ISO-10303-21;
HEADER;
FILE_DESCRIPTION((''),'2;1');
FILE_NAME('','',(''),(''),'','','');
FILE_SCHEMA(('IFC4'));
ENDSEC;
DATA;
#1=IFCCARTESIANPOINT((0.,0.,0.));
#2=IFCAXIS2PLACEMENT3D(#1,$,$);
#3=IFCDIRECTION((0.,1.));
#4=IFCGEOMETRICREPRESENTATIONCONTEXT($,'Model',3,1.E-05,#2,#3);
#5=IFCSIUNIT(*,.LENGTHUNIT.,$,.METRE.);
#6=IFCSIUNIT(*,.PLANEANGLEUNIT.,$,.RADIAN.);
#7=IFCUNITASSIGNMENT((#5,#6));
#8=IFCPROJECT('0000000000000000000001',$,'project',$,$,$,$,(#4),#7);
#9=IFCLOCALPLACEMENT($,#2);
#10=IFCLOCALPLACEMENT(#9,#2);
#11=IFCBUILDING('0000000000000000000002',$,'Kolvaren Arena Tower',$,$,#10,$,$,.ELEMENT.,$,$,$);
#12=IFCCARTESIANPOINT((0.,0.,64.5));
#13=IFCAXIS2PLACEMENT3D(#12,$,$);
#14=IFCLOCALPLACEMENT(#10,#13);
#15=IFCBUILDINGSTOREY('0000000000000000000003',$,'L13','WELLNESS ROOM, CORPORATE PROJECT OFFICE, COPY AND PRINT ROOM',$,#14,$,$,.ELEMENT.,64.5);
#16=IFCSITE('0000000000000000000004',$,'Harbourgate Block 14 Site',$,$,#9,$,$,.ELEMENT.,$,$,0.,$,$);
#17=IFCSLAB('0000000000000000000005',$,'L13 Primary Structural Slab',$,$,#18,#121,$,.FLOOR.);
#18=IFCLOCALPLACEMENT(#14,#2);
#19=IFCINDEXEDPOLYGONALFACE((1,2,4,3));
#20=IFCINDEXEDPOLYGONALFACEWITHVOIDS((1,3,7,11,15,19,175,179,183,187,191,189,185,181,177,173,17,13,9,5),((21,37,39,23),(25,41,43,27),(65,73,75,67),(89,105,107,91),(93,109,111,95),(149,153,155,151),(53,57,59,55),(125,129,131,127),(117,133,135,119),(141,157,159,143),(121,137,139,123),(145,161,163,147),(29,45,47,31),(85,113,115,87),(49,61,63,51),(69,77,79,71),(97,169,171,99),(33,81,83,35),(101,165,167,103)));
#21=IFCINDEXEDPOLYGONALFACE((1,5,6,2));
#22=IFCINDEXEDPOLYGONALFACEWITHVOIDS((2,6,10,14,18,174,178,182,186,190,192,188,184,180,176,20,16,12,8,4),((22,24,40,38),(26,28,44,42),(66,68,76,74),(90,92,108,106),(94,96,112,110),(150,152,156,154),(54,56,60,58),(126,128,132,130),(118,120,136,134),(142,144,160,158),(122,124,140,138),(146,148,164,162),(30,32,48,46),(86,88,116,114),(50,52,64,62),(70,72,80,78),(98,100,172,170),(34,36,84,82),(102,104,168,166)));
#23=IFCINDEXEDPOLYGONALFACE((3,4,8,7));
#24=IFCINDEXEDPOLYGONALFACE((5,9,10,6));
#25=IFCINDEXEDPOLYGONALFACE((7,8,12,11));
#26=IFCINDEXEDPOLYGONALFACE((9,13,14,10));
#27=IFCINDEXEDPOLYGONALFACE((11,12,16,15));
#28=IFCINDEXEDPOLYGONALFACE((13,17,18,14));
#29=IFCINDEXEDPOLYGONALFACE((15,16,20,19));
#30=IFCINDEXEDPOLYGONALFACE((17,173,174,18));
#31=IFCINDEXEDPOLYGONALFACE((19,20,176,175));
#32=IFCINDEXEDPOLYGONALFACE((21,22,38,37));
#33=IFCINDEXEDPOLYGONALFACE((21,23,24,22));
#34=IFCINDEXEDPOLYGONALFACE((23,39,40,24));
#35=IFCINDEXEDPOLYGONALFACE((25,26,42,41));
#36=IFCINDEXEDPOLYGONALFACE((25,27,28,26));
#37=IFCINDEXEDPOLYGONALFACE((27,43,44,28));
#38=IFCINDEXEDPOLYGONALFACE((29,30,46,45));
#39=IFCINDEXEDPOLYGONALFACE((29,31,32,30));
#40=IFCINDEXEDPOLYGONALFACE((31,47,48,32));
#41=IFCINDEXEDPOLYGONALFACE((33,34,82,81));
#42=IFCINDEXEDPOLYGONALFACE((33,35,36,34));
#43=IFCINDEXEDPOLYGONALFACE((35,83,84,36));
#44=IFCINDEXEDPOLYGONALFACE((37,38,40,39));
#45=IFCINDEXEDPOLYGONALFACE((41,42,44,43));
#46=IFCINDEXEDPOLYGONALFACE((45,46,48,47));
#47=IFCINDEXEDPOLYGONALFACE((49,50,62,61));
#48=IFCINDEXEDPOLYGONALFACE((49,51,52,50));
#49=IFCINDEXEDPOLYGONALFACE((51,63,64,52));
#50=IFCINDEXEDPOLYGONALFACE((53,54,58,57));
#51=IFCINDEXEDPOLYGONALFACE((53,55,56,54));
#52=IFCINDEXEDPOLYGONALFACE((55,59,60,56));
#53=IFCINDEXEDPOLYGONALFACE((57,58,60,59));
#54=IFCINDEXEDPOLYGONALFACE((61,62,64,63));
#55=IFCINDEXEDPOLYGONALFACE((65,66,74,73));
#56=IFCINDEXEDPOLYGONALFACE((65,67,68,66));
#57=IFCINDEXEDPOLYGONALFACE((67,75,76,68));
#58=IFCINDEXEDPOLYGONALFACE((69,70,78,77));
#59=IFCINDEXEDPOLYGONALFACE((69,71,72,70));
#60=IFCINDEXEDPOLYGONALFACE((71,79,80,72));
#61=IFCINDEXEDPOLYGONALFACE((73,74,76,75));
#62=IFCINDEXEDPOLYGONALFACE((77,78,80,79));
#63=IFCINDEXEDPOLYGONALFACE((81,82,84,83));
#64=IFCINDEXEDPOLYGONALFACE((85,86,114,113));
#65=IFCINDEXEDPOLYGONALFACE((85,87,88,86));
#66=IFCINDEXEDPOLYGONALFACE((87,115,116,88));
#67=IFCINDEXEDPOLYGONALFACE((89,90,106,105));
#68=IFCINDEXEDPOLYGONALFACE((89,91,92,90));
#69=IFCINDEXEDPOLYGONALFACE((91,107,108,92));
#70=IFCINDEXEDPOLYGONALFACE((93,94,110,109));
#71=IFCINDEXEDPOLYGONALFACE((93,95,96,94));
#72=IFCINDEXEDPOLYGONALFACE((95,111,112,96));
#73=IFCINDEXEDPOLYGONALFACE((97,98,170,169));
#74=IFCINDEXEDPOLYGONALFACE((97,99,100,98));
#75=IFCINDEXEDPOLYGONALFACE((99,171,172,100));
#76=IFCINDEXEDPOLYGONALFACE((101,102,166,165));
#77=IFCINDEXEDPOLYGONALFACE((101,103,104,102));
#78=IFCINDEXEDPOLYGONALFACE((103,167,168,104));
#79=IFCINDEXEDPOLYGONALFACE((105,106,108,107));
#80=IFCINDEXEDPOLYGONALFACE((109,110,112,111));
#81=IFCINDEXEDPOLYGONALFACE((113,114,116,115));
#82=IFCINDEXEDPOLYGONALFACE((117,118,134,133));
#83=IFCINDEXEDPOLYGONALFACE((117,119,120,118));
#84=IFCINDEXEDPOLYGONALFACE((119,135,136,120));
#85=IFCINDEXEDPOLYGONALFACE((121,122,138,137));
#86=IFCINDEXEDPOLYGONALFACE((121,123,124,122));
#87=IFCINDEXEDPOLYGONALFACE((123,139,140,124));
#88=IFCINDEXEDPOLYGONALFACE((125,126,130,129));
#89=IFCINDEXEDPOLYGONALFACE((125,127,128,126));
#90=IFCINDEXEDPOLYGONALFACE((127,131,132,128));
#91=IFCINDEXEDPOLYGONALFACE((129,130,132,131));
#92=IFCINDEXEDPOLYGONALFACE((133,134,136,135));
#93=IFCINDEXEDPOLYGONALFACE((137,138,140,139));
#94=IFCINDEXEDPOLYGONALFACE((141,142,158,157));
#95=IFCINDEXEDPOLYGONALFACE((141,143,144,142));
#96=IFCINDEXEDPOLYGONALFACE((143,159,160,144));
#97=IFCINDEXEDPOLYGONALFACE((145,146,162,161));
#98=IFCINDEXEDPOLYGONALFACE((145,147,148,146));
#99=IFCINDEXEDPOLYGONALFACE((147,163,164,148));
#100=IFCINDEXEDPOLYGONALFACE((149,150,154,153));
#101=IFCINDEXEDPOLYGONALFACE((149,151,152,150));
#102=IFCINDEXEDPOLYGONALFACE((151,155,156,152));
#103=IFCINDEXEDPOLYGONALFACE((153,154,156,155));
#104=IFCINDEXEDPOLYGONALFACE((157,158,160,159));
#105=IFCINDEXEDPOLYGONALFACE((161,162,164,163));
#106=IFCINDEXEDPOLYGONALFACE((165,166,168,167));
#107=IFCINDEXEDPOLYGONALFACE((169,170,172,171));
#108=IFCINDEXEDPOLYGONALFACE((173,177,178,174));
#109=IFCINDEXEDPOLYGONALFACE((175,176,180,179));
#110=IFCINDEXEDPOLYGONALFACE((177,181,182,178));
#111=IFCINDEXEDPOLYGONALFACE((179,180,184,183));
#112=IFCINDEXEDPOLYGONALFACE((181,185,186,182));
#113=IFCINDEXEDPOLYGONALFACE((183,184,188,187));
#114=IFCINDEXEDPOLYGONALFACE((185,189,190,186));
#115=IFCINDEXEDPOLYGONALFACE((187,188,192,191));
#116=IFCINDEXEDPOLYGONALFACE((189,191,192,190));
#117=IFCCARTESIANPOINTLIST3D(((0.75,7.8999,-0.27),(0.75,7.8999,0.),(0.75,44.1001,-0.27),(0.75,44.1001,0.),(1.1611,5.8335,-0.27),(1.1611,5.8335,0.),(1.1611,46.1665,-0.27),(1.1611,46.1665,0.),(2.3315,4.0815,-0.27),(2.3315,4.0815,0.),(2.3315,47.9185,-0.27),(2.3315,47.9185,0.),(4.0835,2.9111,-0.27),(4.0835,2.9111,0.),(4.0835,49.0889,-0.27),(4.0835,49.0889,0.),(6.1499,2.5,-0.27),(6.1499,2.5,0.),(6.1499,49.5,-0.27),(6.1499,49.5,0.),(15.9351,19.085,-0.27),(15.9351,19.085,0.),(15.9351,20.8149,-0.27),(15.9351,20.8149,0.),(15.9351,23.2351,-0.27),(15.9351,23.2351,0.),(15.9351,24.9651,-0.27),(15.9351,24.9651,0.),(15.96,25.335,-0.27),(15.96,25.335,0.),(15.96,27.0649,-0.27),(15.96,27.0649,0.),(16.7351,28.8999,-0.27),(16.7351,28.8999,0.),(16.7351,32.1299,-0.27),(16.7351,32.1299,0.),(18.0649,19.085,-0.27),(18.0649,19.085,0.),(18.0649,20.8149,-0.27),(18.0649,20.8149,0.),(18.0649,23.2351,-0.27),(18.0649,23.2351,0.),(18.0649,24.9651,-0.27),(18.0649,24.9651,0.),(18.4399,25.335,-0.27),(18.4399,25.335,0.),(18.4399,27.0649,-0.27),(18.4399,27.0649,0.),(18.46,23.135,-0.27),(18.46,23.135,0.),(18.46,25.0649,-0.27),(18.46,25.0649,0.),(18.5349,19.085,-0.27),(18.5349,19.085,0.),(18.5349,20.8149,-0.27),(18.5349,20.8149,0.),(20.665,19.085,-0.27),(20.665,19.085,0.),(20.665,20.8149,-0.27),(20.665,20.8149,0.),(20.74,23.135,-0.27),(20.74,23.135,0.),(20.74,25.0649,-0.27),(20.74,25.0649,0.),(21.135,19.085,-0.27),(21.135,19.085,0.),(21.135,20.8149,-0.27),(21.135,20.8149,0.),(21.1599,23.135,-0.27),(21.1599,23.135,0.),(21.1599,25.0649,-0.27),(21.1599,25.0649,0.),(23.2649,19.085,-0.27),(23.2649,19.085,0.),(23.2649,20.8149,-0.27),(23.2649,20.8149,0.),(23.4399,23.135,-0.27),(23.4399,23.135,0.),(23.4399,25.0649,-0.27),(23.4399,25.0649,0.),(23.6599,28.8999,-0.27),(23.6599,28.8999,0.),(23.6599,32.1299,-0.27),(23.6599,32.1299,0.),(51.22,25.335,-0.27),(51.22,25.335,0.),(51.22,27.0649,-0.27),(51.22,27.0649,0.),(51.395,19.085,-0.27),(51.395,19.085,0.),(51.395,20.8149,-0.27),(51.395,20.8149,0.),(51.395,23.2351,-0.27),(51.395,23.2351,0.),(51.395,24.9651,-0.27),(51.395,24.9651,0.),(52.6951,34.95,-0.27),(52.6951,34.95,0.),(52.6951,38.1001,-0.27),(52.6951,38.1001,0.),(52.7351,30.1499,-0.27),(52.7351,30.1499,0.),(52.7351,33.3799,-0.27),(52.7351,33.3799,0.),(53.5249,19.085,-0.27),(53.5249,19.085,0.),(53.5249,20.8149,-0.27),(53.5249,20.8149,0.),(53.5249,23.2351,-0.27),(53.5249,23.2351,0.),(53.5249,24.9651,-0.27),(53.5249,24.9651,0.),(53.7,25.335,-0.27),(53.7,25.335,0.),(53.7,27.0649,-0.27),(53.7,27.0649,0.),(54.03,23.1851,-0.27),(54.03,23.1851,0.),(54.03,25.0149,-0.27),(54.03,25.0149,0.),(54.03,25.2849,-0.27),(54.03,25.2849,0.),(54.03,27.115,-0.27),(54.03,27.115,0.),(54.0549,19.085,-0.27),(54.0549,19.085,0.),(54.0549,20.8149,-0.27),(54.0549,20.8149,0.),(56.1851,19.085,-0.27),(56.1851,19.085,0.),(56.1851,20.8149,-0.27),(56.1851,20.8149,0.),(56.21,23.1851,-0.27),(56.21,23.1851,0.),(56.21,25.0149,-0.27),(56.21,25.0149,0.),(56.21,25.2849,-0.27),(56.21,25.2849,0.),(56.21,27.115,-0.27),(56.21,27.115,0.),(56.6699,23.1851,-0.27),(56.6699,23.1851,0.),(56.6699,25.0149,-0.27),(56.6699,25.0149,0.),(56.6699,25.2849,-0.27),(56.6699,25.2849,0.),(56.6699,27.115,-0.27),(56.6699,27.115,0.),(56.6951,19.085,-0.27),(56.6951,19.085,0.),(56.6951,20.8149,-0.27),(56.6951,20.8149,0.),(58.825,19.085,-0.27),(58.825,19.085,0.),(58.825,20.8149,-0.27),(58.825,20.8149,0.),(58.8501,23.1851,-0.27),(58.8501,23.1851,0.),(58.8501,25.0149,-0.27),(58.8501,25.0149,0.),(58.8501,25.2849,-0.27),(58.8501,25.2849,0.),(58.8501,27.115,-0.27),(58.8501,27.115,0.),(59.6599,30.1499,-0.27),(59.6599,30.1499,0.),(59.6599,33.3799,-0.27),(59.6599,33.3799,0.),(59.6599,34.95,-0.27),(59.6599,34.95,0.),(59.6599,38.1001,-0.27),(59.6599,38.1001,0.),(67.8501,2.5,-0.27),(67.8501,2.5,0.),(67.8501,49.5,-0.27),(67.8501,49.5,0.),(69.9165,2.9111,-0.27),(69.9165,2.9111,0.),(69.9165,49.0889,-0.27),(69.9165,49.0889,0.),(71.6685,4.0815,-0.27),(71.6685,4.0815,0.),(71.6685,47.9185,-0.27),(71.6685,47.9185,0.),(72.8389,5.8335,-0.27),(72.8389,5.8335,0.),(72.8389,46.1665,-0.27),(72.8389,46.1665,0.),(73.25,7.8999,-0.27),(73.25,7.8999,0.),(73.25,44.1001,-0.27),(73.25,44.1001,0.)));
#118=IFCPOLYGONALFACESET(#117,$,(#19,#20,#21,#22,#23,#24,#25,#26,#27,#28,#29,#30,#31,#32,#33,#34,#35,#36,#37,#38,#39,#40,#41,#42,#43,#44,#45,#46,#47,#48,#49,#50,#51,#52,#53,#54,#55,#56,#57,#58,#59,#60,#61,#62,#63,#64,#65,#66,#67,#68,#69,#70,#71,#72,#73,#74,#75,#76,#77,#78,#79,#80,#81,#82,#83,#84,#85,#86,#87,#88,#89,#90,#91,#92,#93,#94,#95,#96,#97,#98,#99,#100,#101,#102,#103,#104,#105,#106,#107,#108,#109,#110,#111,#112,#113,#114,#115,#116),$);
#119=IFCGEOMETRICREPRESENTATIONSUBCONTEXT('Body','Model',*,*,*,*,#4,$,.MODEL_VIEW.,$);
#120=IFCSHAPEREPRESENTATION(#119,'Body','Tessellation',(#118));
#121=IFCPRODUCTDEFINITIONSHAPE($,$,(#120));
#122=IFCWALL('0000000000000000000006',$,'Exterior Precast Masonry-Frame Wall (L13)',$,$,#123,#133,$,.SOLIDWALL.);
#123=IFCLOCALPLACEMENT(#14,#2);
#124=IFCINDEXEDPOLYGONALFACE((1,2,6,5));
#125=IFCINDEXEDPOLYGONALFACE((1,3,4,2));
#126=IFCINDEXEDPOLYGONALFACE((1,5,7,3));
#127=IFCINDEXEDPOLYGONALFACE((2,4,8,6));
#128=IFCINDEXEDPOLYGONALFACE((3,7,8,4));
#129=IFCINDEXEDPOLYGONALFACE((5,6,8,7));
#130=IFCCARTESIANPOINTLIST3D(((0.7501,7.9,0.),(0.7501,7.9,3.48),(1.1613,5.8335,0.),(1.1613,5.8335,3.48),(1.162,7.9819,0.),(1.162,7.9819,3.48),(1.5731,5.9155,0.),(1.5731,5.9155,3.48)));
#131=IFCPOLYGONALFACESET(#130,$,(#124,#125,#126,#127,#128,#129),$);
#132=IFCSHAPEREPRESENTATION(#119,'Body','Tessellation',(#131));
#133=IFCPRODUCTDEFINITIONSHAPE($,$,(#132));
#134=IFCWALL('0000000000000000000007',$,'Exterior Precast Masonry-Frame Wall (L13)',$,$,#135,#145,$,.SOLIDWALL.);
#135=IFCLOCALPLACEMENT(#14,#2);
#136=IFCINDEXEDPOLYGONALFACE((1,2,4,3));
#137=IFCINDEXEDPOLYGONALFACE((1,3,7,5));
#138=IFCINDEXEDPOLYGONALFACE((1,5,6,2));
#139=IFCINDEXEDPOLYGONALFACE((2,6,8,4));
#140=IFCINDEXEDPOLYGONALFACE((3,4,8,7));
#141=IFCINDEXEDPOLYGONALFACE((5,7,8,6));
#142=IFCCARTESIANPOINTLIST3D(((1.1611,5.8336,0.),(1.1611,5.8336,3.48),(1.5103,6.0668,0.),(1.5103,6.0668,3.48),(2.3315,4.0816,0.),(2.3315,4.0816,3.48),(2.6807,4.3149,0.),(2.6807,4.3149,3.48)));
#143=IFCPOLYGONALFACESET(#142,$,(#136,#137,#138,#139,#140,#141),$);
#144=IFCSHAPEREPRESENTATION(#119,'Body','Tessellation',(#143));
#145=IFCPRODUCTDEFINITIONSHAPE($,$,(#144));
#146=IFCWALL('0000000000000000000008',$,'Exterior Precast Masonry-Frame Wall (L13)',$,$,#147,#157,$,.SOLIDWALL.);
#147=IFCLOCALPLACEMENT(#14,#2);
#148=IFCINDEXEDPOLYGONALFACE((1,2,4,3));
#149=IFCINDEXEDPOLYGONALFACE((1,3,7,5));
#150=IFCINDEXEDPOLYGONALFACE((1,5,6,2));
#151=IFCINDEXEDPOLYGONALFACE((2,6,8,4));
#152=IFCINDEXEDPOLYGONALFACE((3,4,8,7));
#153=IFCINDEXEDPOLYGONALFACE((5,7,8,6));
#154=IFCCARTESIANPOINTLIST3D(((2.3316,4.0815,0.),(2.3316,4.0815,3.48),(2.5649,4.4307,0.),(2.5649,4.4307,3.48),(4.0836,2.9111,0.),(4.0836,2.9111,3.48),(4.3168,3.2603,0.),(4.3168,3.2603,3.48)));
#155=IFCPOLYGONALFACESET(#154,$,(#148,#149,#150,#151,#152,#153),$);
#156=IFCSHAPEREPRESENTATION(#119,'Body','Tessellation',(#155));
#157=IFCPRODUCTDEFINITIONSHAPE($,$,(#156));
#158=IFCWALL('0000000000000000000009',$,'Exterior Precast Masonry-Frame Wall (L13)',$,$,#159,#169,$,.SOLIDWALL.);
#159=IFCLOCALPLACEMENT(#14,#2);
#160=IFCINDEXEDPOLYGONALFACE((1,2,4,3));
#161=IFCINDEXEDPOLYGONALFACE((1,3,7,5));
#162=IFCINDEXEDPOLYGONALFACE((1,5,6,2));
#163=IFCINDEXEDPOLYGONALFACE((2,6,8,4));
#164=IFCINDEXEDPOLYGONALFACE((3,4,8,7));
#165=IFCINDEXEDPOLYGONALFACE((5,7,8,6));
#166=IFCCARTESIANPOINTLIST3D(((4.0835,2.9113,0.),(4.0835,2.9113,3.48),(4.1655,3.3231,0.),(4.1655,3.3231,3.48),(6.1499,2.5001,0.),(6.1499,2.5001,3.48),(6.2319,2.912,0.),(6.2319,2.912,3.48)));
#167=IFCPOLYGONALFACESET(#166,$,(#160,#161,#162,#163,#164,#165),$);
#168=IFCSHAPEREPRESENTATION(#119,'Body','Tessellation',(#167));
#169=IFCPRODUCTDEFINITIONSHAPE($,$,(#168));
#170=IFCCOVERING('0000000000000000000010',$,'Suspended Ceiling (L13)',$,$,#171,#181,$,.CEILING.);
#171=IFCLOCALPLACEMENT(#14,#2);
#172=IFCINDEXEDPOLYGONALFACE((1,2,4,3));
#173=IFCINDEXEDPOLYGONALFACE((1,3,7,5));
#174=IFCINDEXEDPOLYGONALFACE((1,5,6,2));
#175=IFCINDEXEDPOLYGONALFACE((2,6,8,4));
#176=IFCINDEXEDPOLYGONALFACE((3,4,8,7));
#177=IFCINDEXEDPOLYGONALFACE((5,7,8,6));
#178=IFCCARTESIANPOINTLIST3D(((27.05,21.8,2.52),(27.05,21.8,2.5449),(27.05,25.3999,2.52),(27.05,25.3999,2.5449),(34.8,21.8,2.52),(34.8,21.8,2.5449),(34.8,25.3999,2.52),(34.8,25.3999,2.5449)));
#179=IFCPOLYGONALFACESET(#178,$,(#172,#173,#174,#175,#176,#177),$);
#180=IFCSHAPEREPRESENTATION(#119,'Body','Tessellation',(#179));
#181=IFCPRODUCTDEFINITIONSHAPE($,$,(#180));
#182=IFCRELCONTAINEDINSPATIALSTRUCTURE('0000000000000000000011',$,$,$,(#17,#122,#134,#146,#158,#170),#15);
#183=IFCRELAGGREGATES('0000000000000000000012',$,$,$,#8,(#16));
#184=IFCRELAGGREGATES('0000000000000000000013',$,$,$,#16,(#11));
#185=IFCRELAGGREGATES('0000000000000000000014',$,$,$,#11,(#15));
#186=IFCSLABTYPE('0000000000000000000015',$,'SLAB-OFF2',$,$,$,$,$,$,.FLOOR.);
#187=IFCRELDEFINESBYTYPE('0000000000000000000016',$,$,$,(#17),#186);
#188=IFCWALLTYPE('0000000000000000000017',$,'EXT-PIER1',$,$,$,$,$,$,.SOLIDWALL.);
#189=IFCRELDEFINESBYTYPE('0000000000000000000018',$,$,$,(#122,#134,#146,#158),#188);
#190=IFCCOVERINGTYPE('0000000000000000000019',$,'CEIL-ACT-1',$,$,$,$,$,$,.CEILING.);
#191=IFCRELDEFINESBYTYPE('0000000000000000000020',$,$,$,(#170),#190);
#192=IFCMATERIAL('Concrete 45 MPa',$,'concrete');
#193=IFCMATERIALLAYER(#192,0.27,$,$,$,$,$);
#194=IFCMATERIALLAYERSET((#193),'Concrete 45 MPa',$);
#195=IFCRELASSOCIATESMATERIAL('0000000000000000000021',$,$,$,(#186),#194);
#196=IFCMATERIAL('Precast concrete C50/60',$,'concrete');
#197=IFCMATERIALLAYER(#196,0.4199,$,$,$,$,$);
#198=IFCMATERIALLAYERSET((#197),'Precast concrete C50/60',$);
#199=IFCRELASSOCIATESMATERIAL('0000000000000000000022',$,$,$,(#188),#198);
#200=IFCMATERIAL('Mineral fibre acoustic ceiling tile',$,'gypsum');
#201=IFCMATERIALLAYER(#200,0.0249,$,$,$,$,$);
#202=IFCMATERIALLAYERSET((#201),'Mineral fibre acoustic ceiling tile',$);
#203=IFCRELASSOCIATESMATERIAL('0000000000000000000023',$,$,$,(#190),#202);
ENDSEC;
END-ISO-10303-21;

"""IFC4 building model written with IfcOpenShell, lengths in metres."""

from ifc_helpers import new_model, si_unit, direction, frame, frame_2d, origin, place, context, subcontext, project, spatial, polyline, rectangle, outline, extrude, material, layer, layer_set, type_object, element, save


model = new_model("IFC4")

# Units and contexts
model_context = context("Model", 3, precision=1e-05, world=origin(), true_north=direction((0.0, 1.0)))
body_context = subcontext(model_context, "Body", "Model", "MODEL_VIEW")
ifc_project = project(units=[si_unit("LENGTHUNIT", "METRE"), si_unit("PLANEANGLEUNIT", "RADIAN")], contexts=[model_context])

# Site, building, storey
site_placement = place(None, origin())
site = spatial("IfcSite", under=ifc_project, at=site_placement, Name="Harbourgate Block 14 Site", CompositionType="ELEMENT", RefElevation=0.0)
building_placement = place(site_placement, origin())
building = spatial("IfcBuilding", under=site, at=building_placement, Name="Kolvaren Arena Tower", CompositionType="ELEMENT")
storey_placement = place(building_placement, frame((0.0, 0.0, 64.5)))
storey = spatial("IfcBuildingStorey", under=building, at=storey_placement, Name="L13", Description="WELLNESS ROOM, CORPORATE PROJECT OFFICE, COPY AND PRINT ROOM", CompositionType="ELEMENT", Elevation=64.5)

# Shared definitions
ifc_material_1 = material(Name="Concrete 45 MPa", Category="concrete")

# Slab
ifc_layer_1 = layer(ifc_material_1, 0.27)
ifc_layer_set_1 = layer_set([ifc_layer_1], Name="Concrete 45 MPa")
slab_type_1 = type_object("IfcSlabType", Name="SLAB-OFF2", PredefinedType="FLOOR", material=ifc_layer_set_1)
slab_1_placement = place(storey_placement, frame((0.0, 0.0, -0.27)))
element("IfcSlab", 1, at=slab_1_placement, inside=storey, type_object=slab_type_1, Name="L13 Primary Structural Slab", PredefinedType="FLOOR", context=body_context, shape_type="SweptSolid", body=[
    extrude(outline(polyline([(67.8501, 2.5), (69.9165, 2.9111), (71.6685, 4.0815), (72.8389, 5.8335), (73.25, 7.8999), (73.25, 44.1001), (72.8389, 46.1665), (71.6685, 47.9185), (69.9165, 49.0889), (67.8501, 49.5), (6.1499, 49.5), (4.0835, 49.0889), (2.3315, 47.9185), (1.1611, 46.1665), (0.75, 44.1001), (0.75, 7.8999), (1.1611, 5.8335), (2.3315, 4.0815), (4.0835, 2.9111), (6.1499, 2.5), (67.8501, 2.5)]), holes=[polyline([(15.9351, 19.085), (15.9351, 20.8149), (18.0649, 20.8149), (18.0649, 19.085), (15.9351, 19.085)]), polyline([(18.5349, 19.085), (18.5349, 20.8149), (20.665, 20.8149), (20.665, 19.085), (18.5349, 19.085)]), polyline([(21.135, 19.085), (21.135, 20.8149), (23.2649, 20.8149), (23.2649, 19.085), (21.135, 19.085)]), polyline([(51.395, 19.085), (51.395, 20.8149), (53.5249, 20.8149), (53.5249, 19.085), (51.395, 19.085)]), polyline([(54.0549, 19.085), (54.0549, 20.8149), (56.1851, 20.8149), (56.1851, 19.085), (54.0549, 19.085)]), polyline([(56.6951, 19.085), (56.6951, 20.8149), (58.825, 20.8149), (58.825, 19.085), (56.6951, 19.085)]), polyline([(18.46, 23.135), (18.46, 25.0649), (20.74, 25.0649), (20.74, 23.135), (18.46, 23.135)]), polyline([(21.1599, 23.135), (21.1599, 25.0649), (23.4399, 25.0649), (23.4399, 23.135), (21.1599, 23.135)]), polyline([(54.03, 25.0149), (56.21, 25.0149), (56.21, 23.1851), (54.03, 23.1851), (54.03, 25.0149)]), polyline([(56.6699, 25.0149), (58.8501, 25.0149), (58.8501, 23.1851), (56.6699, 23.1851), (56.6699, 25.0149)]), polyline([(15.9351, 23.2351), (15.9351, 24.9651), (18.0649, 24.9651), (18.0649, 23.2351), (15.9351, 23.2351)]), polyline([(51.395, 24.9651), (53.5249, 24.9651), (53.5249, 23.2351), (51.395, 23.2351), (51.395, 24.9651)]), polyline([(54.03, 25.2849), (54.03, 27.115), (56.21, 27.115), (56.21, 25.2849), (54.03, 25.2849)]), polyline([(56.6699, 25.2849), (56.6699, 27.115), (58.8501, 27.115), (58.8501, 25.2849), (56.6699, 25.2849)]), polyline([(15.96, 27.0649), (18.4399, 27.0649), (18.4399, 25.335), (15.96, 25.335), (15.96, 27.0649)]), polyline([(51.22, 25.335), (51.22, 27.0649), (53.7, 27.0649), (53.7, 25.335), (51.22, 25.335)]), polyline([(16.7351, 28.8999), (16.7351, 32.1299), (23.6599, 32.1299), (23.6599, 28.8999), (16.7351, 28.8999)]), polyline([(52.7351, 33.3799), (59.6599, 33.3799), (59.6599, 30.1499), (52.7351, 30.1499), (52.7351, 33.3799)]), polyline([(52.6951, 38.1001), (59.6599, 38.1001), (59.6599, 34.95), (52.6951, 34.95), (52.6951, 38.1001)])]), origin(), (0.0, 0.0, 1.0), 0.27),
])

# Walls
ifc_material_2 = material(Name="Precast concrete C50/60", Category="concrete")
ifc_layer_2 = layer(ifc_material_2, 0.4199)
ifc_layer_set_2 = layer_set([ifc_layer_2], Name="Precast concrete C50/60")
wall_type = type_object("IfcWallType", Name="EXT-PIER1", PredefinedType="SOLIDWALL", material=ifc_layer_set_2)
for number, where, z_axis, x_axis, name in (
    (2, (1.3672, 5.8745, 0.0), (0.0, 0.0, 1.0), (-0.195136, 0.980776, 0.0), "Exterior Precast Masonry-Frame Wall (L13)"),
    (3, (2.5061, 4.1982, 0.0), (0.0, 0.0, 1.0), (-0.555502, 0.831515, 0.0), "Exterior Precast Masonry-Frame Wall (L13)"),
    (4, (4.2002, 3.0857, 0.0), (0.0, 0.0, 1.0), (-0.831515, 0.555502, 0.0), "Exterior Precast Masonry-Frame Wall (L13)"),
    (5, (6.1909, 2.7061, 0.0), (0.0, 0.0, 1.0), (-0.980776, 0.195136, 0.0), "Exterior Precast Masonry-Frame Wall (L13)"),
):
    element("IfcWall", number, at=place(storey_placement, frame(where, z_axis=z_axis, x_axis=x_axis)), inside=storey, type_object=wall_type, Name=name, PredefinedType="SOLIDWALL", context=body_context, shape_type="SweptSolid", body=[
        extrude(rectangle(XDim=2.1069, YDim=0.4199, at=frame_2d((1.0535, 0.0))), origin(), (0.0, 0.0, 1.0), 3.48),
    ])

# Covering
ifc_material_3 = material(Name="Mineral fibre acoustic ceiling tile", Category="gypsum")
ifc_layer_3 = layer(ifc_material_3, 0.0249)
ifc_layer_set_3 = layer_set([ifc_layer_3], Name="Mineral fibre acoustic ceiling tile")
covering_type_1 = type_object("IfcCoveringType", Name="CEIL-ACT-1", PredefinedType="CEILING", material=ifc_layer_set_3)
covering_1_placement = place(storey_placement, frame((0.0, 0.0, 2.52)))
element("IfcCovering", 6, at=covering_1_placement, inside=storey, type_object=covering_type_1, Name="Suspended Ceiling (L13)", PredefinedType="CEILING", context=body_context, shape_type="SweptSolid", body=[
    extrude(outline(polyline([(27.05, 21.8), (27.05, 25.3999), (34.8, 25.3999), (34.8, 21.8), (27.05, 21.8)])), origin(), (0.0, 0.0, 1.0), 0.0249),
])

save(model, "model.ifc")
